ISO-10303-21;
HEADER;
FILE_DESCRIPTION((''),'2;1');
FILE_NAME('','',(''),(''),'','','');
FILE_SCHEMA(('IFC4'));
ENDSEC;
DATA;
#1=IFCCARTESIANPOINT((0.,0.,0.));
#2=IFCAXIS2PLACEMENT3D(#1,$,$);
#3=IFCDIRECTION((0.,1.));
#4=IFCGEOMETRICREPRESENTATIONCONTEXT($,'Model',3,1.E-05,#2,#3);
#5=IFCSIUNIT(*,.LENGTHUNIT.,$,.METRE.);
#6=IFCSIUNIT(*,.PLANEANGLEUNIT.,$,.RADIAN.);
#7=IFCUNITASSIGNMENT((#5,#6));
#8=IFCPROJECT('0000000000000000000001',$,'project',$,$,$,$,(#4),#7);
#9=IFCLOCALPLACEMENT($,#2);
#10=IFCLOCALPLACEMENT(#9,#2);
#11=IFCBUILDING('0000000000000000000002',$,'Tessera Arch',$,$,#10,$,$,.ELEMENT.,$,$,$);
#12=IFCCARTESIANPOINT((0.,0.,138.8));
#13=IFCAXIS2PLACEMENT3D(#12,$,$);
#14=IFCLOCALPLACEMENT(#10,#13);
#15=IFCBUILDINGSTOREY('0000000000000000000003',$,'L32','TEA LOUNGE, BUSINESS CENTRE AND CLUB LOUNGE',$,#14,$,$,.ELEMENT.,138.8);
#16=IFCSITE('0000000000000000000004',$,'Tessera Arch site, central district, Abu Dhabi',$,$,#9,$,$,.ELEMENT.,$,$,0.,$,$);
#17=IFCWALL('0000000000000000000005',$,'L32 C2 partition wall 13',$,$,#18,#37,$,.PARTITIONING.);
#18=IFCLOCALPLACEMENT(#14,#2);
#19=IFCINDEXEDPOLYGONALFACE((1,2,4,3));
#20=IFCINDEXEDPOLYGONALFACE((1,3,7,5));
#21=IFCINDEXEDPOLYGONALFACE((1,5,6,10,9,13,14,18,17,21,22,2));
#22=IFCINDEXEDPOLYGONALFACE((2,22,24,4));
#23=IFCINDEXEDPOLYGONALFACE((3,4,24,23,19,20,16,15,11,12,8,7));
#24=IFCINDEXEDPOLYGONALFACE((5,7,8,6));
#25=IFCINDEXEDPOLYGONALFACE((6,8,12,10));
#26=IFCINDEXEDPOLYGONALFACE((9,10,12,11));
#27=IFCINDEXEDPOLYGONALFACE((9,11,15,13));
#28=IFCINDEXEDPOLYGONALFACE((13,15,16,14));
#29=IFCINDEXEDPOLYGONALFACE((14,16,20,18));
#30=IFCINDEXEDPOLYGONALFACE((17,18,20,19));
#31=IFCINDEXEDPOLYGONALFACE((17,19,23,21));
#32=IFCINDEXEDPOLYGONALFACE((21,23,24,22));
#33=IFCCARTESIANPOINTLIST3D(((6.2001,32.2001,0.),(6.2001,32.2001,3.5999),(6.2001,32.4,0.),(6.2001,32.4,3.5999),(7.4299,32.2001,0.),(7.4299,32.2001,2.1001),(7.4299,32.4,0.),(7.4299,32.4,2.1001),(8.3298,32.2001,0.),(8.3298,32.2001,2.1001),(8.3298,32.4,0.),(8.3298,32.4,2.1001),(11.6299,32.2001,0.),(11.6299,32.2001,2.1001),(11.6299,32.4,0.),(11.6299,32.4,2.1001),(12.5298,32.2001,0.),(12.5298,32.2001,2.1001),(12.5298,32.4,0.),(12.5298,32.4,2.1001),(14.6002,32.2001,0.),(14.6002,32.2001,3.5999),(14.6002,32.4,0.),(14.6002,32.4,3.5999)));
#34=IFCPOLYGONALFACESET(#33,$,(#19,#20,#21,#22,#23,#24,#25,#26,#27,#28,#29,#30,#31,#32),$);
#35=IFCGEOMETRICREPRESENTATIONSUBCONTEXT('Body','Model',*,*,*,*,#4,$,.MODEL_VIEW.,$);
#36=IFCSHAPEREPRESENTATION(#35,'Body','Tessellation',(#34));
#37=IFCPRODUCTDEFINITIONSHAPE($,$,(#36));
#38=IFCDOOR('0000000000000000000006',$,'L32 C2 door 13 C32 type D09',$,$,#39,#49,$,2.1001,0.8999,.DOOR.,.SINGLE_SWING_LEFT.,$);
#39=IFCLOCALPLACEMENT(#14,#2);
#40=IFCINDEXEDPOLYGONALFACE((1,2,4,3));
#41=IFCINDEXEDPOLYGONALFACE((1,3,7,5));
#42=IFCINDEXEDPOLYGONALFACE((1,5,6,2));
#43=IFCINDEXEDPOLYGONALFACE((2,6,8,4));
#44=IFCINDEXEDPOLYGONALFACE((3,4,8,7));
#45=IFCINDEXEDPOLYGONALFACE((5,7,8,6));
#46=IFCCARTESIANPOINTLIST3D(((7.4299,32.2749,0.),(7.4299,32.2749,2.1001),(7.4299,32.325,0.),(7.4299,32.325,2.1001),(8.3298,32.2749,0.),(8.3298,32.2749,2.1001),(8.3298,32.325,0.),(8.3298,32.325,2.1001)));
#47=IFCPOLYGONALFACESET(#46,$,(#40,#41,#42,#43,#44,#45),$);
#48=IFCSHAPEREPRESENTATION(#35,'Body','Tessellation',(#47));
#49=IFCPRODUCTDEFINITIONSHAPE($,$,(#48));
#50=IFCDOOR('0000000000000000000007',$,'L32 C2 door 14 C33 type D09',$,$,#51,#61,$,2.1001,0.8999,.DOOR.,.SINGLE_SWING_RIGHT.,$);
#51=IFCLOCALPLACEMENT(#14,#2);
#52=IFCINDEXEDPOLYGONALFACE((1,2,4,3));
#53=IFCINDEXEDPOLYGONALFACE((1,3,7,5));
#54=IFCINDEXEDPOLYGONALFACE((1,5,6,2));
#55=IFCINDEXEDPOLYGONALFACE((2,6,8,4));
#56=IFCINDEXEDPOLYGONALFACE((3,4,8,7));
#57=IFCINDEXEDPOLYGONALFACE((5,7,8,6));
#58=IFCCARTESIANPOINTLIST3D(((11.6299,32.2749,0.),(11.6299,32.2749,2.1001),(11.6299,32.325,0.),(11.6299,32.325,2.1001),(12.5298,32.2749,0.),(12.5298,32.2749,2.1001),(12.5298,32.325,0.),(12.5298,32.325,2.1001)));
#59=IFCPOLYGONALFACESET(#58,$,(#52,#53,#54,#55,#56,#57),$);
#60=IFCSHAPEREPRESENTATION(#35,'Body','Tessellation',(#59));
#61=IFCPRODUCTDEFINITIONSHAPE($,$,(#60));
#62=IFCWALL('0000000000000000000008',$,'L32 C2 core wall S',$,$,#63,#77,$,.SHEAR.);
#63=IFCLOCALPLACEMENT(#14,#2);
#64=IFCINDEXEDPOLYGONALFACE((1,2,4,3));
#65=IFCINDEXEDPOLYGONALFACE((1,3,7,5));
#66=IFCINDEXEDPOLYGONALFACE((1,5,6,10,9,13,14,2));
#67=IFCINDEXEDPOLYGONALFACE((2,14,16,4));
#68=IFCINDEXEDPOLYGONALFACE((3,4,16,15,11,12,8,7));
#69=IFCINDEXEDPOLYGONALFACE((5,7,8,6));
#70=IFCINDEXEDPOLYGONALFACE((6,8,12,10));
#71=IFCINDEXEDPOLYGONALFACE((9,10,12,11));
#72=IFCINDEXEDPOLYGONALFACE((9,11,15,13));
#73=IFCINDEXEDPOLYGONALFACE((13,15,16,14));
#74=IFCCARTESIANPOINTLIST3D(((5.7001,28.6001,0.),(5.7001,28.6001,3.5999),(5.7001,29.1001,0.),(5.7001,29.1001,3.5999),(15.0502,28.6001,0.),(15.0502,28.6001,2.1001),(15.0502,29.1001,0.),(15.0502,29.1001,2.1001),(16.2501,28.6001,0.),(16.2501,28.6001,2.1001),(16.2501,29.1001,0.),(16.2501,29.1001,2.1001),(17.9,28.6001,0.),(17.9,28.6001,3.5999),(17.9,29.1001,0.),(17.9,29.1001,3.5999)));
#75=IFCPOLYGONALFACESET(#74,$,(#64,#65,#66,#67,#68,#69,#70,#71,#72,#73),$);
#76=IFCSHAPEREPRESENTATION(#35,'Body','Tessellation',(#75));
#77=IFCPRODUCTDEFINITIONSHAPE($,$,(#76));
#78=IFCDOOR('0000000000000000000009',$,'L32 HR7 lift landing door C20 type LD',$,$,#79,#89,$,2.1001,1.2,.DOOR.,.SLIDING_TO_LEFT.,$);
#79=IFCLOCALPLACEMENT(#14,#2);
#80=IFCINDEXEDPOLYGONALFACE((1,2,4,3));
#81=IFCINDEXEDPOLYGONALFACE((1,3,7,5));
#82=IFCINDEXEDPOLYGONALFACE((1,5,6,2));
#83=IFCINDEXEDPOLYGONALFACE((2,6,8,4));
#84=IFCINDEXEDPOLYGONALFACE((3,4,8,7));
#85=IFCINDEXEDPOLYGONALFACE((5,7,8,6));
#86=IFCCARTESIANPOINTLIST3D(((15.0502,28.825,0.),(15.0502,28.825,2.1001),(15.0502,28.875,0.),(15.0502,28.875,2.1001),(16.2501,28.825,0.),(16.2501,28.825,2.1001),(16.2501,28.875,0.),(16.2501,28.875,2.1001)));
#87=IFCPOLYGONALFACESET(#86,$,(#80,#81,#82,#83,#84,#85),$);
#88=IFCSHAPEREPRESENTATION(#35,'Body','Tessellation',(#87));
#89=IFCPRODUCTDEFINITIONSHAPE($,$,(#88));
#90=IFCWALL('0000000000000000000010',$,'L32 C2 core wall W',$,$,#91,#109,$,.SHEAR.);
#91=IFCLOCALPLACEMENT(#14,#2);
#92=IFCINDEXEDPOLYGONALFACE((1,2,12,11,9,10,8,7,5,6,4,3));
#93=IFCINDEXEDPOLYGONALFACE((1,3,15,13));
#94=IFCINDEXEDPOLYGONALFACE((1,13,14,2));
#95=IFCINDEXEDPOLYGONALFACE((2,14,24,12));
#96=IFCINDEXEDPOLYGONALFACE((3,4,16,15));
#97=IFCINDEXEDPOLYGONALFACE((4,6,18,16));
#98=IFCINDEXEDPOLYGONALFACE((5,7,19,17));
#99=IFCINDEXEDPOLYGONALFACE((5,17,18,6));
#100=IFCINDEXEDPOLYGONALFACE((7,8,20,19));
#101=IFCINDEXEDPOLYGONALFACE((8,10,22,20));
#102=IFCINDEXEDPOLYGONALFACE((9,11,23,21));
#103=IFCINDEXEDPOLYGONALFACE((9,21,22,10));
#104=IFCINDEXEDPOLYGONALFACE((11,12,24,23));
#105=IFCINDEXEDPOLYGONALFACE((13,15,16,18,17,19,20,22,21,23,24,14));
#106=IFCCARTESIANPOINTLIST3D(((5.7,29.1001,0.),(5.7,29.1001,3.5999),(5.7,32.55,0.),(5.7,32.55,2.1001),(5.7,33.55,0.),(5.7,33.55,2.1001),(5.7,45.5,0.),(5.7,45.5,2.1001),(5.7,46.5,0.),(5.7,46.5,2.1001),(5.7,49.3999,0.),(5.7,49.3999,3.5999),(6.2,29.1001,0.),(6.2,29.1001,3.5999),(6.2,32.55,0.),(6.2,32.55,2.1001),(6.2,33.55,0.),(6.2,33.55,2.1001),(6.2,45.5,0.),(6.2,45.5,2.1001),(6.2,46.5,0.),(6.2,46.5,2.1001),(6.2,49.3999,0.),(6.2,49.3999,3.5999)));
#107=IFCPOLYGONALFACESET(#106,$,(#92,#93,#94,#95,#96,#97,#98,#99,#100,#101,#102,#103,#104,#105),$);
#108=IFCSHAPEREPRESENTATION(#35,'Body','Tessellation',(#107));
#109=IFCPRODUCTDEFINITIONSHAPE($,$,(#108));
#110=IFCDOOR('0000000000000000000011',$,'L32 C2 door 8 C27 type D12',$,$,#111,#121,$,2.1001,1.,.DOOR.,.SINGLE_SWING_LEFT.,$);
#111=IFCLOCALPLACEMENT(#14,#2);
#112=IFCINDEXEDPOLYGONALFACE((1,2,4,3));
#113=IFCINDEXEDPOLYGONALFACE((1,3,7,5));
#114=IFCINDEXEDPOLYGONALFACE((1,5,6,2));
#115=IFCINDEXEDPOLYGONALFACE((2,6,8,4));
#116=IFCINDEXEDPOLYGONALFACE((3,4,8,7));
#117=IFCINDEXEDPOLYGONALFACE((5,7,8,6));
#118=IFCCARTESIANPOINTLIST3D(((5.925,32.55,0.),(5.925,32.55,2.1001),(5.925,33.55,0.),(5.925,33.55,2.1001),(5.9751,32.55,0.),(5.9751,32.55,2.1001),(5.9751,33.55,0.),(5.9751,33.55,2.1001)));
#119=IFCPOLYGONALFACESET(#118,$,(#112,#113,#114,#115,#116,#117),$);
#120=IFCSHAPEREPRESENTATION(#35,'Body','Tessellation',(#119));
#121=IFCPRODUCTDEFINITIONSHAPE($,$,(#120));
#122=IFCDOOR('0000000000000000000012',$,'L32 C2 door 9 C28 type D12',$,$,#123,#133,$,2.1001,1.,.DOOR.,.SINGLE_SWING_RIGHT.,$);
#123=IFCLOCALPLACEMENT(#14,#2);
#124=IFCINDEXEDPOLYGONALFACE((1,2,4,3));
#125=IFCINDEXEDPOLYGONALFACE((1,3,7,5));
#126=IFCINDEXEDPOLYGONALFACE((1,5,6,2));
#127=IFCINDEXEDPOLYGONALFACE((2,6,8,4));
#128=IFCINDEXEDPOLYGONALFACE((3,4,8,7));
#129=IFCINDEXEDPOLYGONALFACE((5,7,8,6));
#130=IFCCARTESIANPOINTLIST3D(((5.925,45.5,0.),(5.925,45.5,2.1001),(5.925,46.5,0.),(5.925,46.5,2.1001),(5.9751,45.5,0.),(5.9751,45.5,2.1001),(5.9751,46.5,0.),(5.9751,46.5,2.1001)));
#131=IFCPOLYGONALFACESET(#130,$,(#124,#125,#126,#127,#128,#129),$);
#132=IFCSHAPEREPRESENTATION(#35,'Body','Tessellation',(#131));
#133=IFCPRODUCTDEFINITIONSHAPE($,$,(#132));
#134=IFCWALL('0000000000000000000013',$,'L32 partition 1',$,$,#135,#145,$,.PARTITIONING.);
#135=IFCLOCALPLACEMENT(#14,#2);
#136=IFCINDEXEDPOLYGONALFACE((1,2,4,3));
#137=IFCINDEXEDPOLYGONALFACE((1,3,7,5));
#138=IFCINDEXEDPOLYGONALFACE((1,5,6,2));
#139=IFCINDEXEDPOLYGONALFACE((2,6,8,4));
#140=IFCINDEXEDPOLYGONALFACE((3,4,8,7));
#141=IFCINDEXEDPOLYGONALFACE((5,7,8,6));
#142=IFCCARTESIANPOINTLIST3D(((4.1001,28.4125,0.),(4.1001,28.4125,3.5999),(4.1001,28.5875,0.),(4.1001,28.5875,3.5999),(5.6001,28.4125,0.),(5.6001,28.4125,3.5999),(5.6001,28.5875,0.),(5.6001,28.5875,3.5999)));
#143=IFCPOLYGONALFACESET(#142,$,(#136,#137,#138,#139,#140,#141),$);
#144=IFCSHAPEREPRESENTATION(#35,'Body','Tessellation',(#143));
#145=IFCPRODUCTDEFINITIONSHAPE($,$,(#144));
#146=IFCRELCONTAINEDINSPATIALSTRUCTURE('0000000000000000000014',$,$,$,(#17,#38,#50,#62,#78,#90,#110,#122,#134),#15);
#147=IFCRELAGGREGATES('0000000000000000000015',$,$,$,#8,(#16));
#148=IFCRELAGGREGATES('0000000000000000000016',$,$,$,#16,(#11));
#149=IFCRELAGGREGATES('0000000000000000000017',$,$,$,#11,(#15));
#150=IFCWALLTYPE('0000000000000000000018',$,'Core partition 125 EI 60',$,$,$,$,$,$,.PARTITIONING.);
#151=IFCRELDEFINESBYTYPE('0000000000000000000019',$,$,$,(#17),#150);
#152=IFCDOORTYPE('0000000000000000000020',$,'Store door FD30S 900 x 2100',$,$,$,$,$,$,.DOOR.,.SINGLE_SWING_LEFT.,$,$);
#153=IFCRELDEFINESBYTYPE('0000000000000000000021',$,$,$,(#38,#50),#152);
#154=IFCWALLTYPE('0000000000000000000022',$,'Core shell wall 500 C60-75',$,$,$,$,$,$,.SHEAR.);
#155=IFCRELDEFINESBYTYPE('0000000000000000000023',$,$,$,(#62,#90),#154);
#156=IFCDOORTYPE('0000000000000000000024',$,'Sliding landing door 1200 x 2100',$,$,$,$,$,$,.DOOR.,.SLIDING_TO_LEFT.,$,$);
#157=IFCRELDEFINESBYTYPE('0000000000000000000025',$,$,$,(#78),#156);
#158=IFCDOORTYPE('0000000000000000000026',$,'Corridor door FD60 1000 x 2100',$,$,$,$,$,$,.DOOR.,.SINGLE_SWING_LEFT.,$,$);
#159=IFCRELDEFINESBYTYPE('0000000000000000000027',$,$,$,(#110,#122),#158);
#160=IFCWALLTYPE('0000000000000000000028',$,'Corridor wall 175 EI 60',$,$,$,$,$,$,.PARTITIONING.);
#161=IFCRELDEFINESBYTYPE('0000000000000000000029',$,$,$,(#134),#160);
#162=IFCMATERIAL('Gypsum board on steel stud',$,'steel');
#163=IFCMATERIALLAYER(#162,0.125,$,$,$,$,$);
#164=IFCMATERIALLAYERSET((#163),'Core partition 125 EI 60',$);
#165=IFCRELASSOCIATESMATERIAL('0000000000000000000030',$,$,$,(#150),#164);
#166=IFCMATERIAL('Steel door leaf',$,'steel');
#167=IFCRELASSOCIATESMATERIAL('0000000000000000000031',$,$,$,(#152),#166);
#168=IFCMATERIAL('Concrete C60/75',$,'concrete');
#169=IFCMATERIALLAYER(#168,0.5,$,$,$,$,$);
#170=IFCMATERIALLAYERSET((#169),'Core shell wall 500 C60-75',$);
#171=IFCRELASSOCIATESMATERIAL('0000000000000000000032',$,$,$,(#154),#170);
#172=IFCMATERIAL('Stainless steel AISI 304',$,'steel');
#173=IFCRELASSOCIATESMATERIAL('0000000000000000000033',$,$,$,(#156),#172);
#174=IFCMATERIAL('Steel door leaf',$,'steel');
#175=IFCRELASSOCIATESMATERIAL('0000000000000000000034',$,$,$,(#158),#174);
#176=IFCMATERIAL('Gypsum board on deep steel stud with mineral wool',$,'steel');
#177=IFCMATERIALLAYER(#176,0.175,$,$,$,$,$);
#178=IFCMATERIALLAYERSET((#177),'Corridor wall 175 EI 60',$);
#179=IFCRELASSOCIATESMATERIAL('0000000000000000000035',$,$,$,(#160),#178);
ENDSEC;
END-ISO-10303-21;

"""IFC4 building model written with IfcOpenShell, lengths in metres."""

from ifc_helpers import new_model, si_unit, direction, frame, frame_2d, origin, place, context, subcontext, project, spatial, rectangle, extrude, material, layer, layer_set, type_object, element, fill, save


model = new_model("IFC4")

# Units and contexts
model_context = context("Model", 3, precision=1e-05, world=origin(), true_north=direction((0.0, 1.0)))
body_context = subcontext(model_context, "Body", "Model", "MODEL_VIEW")
ifc_project = project(units=[si_unit("LENGTHUNIT", "METRE"), si_unit("PLANEANGLEUNIT", "RADIAN")], contexts=[model_context])

# Site, building, storey
site_placement = place(None, origin())
site = spatial("IfcSite", under=ifc_project, at=site_placement, Name="Tessera Arch site, central district, Abu Dhabi", CompositionType="ELEMENT", RefElevation=0.0)
building_placement = place(site_placement, origin())
building = spatial("IfcBuilding", under=site, at=building_placement, Name="Tessera Arch", CompositionType="ELEMENT")
storey_placement = place(building_placement, frame((0.0, 0.0, 138.8)))
storey = spatial("IfcBuildingStorey", under=building, at=storey_placement, Name="L32", Description="TEA LOUNGE, BUSINESS CENTRE AND CLUB LOUNGE", CompositionType="ELEMENT", Elevation=138.8)

# Shared definitions
ifc_material_1 = material(Name="Gypsum board on steel stud", Category="steel")
ifc_layer_1 = layer(ifc_material_1, 0.125)
ifc_layer_set_1 = layer_set([ifc_layer_1], Name="Core partition 125 EI 60")
wall_type_1 = type_object("IfcWallType", Name="Core partition 125 EI 60", PredefinedType="PARTITIONING", material=ifc_layer_set_1)

# Wall, openings, doors
wall_1_placement = place(storey_placement, frame((6.2, 32.3, 0.0), z_axis=(0.0, 0.0, 1.0), x_axis=(1.0, 0.0, 0.0)))
wall_1 = element("IfcWall", 1, at=wall_1_placement, inside=storey, type_object=wall_type_1, Name="L32 C2 partition wall 13", PredefinedType="PARTITIONING", context=body_context, shape_type="SweptSolid", body=[
    extrude(rectangle(XDim=8.4001, YDim=0.2, at=frame_2d((4.2002, 0.0))), origin(), (0.0, 0.0, 1.0), 3.5999),
])
opening_1_placement = place(wall_1_placement, frame((1.23, 0.0, 0.0)))
opening_1 = element("IfcOpeningElement", 2, at=opening_1_placement, cuts=wall_1, PredefinedType="OPENING", context=body_context, shape_type="SweptSolid", body=[
    extrude(rectangle(XDim=0.8999, YDim=2.1001, at=frame_2d((0.45, 1.05))), frame((0.0, 0.1099, 0.0), z_axis=(0.0, -1.0, 0.0), x_axis=(1.0, 0.0, 0.0)), (0.0, 0.0, 1.0), 0.22),
])
opening_2_placement = place(wall_1_placement, frame((5.4299, 0.0, 0.0)))
opening_2 = element("IfcOpeningElement", 3, at=opening_2_placement, cuts=wall_1, PredefinedType="OPENING", context=body_context, shape_type="SweptSolid", body=[
    extrude(rectangle(XDim=0.8999, YDim=2.1001, at=frame_2d((0.45, 1.05))), frame((0.0, 0.1099, 0.0), z_axis=(0.0, -1.0, 0.0), x_axis=(1.0, 0.0, 0.0)), (0.0, 0.0, 1.0), 0.22),
])
ifc_material_2 = material(Name="Steel door leaf", Category="steel")
door_type_1 = type_object("IfcDoorType", Name="Store door FD30S 900 x 2100", OperationType="SINGLE_SWING_LEFT", PredefinedType="DOOR", material=ifc_material_2)
door_1_placement = place(opening_1_placement, origin())
door_1 = element("IfcDoor", 4, at=door_1_placement, inside=storey, type_object=door_type_1, Name="L32 C2 door 13 C32 type D09", OperationType="SINGLE_SWING_LEFT", OverallHeight=2.1001, OverallWidth=0.8999, PredefinedType="DOOR", context=body_context, shape_type="SweptSolid", body=[
    extrude(rectangle(XDim=0.8999, YDim=2.1001, at=frame_2d((0.45, 1.05))), frame((0.0, 0.0249, 0.0), z_axis=(0.0, -1.0, 0.0), x_axis=(1.0, 0.0, 0.0)), (0.0, 0.0, 1.0), 0.05),
])
fill(opening_1, door_1)
door_2_placement = place(opening_2_placement, origin())
door_2 = element("IfcDoor", 5, at=door_2_placement, inside=storey, type_object=door_type_1, Name="L32 C2 door 14 C33 type D09", OperationType="SINGLE_SWING_RIGHT", OverallHeight=2.1001, OverallWidth=0.8999, PredefinedType="DOOR", context=body_context, shape_type="SweptSolid", body=[
    extrude(rectangle(XDim=0.8999, YDim=2.1001, at=frame_2d((0.45, 1.05))), frame((0.0, 0.0249, 0.0), z_axis=(0.0, -1.0, 0.0), x_axis=(1.0, 0.0, 0.0)), (0.0, 0.0, 1.0), 0.05),
])
fill(opening_2, door_2)

# Wall, opening, door
ifc_material_3 = material(Name="Concrete C60/75", Category="concrete")
ifc_layer_2 = layer(ifc_material_3, 0.5)
ifc_layer_set_2 = layer_set([ifc_layer_2], Name="Core shell wall 500 C60-75")
wall_type_2 = type_object("IfcWallType", Name="Core shell wall 500 C60-75", PredefinedType="SHEAR", material=ifc_layer_set_2)
wall_2_placement = place(storey_placement, frame((5.7, 28.8501, 0.0), z_axis=(0.0, 0.0, 1.0), x_axis=(1.0, 0.0, 0.0)))
wall_2 = element("IfcWall", 6, at=wall_2_placement, inside=storey, type_object=wall_type_2, Name="L32 C2 core wall S", PredefinedType="SHEAR", context=body_context, shape_type="SweptSolid", body=[
    extrude(rectangle(XDim=12.2, YDim=0.5, at=frame_2d((6.1001, 0.0))), origin(), (0.0, 0.0, 1.0), 3.5999),
])
opening_3_placement = place(wall_2_placement, frame((9.3501, 0.0, 0.0)))
opening_3 = element("IfcOpeningElement", 7, at=opening_3_placement, cuts=wall_2, PredefinedType="OPENING", context=body_context, shape_type="SweptSolid", body=[
    extrude(rectangle(XDim=1.2, YDim=2.1001, at=frame_2d((0.6001, 1.05))), frame((0.0, 0.26, 0.0), z_axis=(0.0, -1.0, 0.0), x_axis=(1.0, 0.0, 0.0)), (0.0, 0.0, 1.0), 0.52),
])
ifc_material_4 = material(Name="Stainless steel AISI 304", Category="steel")
door_type_2 = type_object("IfcDoorType", Name="Sliding landing door 1200 x 2100", OperationType="SLIDING_TO_LEFT", PredefinedType="DOOR", material=ifc_material_4)
door_3_placement = place(opening_3_placement, origin())
door_3 = element("IfcDoor", 8, at=door_3_placement, inside=storey, type_object=door_type_2, Name="L32 HR7 lift landing door C20 type LD", OperationType="SLIDING_TO_LEFT", OverallHeight=2.1001, OverallWidth=1.2, PredefinedType="DOOR", context=body_context, shape_type="SweptSolid", body=[
    extrude(rectangle(XDim=1.2, YDim=2.1001, at=frame_2d((0.6001, 1.05))), frame((0.0, 0.0249, 0.0), z_axis=(0.0, -1.0, 0.0), x_axis=(1.0, 0.0, 0.0)), (0.0, 0.0, 1.0), 0.05),
])
fill(opening_3, door_3)

# Wall, openings, doors
wall_3_placement = place(storey_placement, frame((5.95, 29.1001, 0.0), z_axis=(0.0, 0.0, 1.0), x_axis=(0.0, 1.0, 0.0)))
wall_3 = element("IfcWall", 9, at=wall_3_placement, inside=storey, type_object=wall_type_2, Name="L32 C2 core wall W", PredefinedType="SHEAR", context=body_context, shape_type="SweptSolid", body=[
    extrude(rectangle(XDim=20.2998, YDim=0.5, at=frame_2d((10.1499, 0.0))), origin(), (0.0, 0.0, 1.0), 3.5999),
])
opening_4_placement = place(wall_3_placement, frame((3.45, 0.0, 0.0)))
opening_4 = element("IfcOpeningElement", 10, at=opening_4_placement, cuts=wall_3, PredefinedType="OPENING", context=body_context, shape_type="SweptSolid", body=[
    extrude(rectangle(XDim=1.0, YDim=2.1001, at=frame_2d((0.5, 1.05))), frame((0.0, 0.26, 0.0), z_axis=(0.0, -1.0, 0.0), x_axis=(1.0, 0.0, 0.0)), (0.0, 0.0, 1.0), 0.52),
])
opening_5_placement = place(wall_3_placement, frame((16.3999, 0.0, 0.0)))
opening_5 = element("IfcOpeningElement", 11, at=opening_5_placement, cuts=wall_3, PredefinedType="OPENING", context=body_context, shape_type="SweptSolid", body=[
    extrude(rectangle(XDim=1.0, YDim=2.1001, at=frame_2d((0.5, 1.05))), frame((0.0, 0.26, 0.0), z_axis=(0.0, -1.0, 0.0), x_axis=(1.0, 0.0, 0.0)), (0.0, 0.0, 1.0), 0.52),
])
ifc_material_5 = material(Name="Steel door leaf", Category="steel")
door_type_3 = type_object("IfcDoorType", Name="Corridor door FD60 1000 x 2100", OperationType="SINGLE_SWING_LEFT", PredefinedType="DOOR", material=ifc_material_5)
door_4_placement = place(opening_4_placement, origin())
door_4 = element("IfcDoor", 12, at=door_4_placement, inside=storey, type_object=door_type_3, Name="L32 C2 door 8 C27 type D12", OperationType="SINGLE_SWING_LEFT", OverallHeight=2.1001, OverallWidth=1.0, PredefinedType="DOOR", context=body_context, shape_type="SweptSolid", body=[
    extrude(rectangle(XDim=1.0, YDim=2.1001, at=frame_2d((0.5, 1.05))), frame((0.0, 0.0249, 0.0), z_axis=(0.0, -1.0, 0.0), x_axis=(1.0, 0.0, 0.0)), (0.0, 0.0, 1.0), 0.05),
])
fill(opening_4, door_4)
door_5_placement = place(opening_5_placement, origin())
door_5 = element("IfcDoor", 13, at=door_5_placement, inside=storey, type_object=door_type_3, Name="L32 C2 door 9 C28 type D12", OperationType="SINGLE_SWING_RIGHT", OverallHeight=2.1001, OverallWidth=1.0, PredefinedType="DOOR", context=body_context, shape_type="SweptSolid", body=[
    extrude(rectangle(XDim=1.0, YDim=2.1001, at=frame_2d((0.5, 1.05))), frame((0.0, 0.0249, 0.0), z_axis=(0.0, -1.0, 0.0), x_axis=(1.0, 0.0, 0.0)), (0.0, 0.0, 1.0), 0.05),
])
fill(opening_5, door_5)

# Wall
ifc_material_6 = material(Name="Gypsum board on deep steel stud with mineral wool", Category="steel")
ifc_layer_3 = layer(ifc_material_6, 0.175)
ifc_layer_set_3 = layer_set([ifc_layer_3], Name="Corridor wall 175 EI 60")
wall_type_3 = type_object("IfcWallType", Name="Corridor wall 175 EI 60", PredefinedType="PARTITIONING", material=ifc_layer_set_3)
wall_4_placement = place(storey_placement, frame((4.1001, 28.5, 0.0), z_axis=(0.0, 0.0, 1.0), x_axis=(1.0, 0.0, 0.0)))
element("IfcWall", 14, at=wall_4_placement, inside=storey, type_object=wall_type_3, Name="L32 partition 1", PredefinedType="PARTITIONING", context=body_context, shape_type="SweptSolid", body=[
    extrude(rectangle(XDim=1.5, YDim=0.175, at=frame_2d((0.75, 0.0))), origin(), (0.0, 0.0, 1.0), 3.5999),
])

save(model, "model.ifc")
